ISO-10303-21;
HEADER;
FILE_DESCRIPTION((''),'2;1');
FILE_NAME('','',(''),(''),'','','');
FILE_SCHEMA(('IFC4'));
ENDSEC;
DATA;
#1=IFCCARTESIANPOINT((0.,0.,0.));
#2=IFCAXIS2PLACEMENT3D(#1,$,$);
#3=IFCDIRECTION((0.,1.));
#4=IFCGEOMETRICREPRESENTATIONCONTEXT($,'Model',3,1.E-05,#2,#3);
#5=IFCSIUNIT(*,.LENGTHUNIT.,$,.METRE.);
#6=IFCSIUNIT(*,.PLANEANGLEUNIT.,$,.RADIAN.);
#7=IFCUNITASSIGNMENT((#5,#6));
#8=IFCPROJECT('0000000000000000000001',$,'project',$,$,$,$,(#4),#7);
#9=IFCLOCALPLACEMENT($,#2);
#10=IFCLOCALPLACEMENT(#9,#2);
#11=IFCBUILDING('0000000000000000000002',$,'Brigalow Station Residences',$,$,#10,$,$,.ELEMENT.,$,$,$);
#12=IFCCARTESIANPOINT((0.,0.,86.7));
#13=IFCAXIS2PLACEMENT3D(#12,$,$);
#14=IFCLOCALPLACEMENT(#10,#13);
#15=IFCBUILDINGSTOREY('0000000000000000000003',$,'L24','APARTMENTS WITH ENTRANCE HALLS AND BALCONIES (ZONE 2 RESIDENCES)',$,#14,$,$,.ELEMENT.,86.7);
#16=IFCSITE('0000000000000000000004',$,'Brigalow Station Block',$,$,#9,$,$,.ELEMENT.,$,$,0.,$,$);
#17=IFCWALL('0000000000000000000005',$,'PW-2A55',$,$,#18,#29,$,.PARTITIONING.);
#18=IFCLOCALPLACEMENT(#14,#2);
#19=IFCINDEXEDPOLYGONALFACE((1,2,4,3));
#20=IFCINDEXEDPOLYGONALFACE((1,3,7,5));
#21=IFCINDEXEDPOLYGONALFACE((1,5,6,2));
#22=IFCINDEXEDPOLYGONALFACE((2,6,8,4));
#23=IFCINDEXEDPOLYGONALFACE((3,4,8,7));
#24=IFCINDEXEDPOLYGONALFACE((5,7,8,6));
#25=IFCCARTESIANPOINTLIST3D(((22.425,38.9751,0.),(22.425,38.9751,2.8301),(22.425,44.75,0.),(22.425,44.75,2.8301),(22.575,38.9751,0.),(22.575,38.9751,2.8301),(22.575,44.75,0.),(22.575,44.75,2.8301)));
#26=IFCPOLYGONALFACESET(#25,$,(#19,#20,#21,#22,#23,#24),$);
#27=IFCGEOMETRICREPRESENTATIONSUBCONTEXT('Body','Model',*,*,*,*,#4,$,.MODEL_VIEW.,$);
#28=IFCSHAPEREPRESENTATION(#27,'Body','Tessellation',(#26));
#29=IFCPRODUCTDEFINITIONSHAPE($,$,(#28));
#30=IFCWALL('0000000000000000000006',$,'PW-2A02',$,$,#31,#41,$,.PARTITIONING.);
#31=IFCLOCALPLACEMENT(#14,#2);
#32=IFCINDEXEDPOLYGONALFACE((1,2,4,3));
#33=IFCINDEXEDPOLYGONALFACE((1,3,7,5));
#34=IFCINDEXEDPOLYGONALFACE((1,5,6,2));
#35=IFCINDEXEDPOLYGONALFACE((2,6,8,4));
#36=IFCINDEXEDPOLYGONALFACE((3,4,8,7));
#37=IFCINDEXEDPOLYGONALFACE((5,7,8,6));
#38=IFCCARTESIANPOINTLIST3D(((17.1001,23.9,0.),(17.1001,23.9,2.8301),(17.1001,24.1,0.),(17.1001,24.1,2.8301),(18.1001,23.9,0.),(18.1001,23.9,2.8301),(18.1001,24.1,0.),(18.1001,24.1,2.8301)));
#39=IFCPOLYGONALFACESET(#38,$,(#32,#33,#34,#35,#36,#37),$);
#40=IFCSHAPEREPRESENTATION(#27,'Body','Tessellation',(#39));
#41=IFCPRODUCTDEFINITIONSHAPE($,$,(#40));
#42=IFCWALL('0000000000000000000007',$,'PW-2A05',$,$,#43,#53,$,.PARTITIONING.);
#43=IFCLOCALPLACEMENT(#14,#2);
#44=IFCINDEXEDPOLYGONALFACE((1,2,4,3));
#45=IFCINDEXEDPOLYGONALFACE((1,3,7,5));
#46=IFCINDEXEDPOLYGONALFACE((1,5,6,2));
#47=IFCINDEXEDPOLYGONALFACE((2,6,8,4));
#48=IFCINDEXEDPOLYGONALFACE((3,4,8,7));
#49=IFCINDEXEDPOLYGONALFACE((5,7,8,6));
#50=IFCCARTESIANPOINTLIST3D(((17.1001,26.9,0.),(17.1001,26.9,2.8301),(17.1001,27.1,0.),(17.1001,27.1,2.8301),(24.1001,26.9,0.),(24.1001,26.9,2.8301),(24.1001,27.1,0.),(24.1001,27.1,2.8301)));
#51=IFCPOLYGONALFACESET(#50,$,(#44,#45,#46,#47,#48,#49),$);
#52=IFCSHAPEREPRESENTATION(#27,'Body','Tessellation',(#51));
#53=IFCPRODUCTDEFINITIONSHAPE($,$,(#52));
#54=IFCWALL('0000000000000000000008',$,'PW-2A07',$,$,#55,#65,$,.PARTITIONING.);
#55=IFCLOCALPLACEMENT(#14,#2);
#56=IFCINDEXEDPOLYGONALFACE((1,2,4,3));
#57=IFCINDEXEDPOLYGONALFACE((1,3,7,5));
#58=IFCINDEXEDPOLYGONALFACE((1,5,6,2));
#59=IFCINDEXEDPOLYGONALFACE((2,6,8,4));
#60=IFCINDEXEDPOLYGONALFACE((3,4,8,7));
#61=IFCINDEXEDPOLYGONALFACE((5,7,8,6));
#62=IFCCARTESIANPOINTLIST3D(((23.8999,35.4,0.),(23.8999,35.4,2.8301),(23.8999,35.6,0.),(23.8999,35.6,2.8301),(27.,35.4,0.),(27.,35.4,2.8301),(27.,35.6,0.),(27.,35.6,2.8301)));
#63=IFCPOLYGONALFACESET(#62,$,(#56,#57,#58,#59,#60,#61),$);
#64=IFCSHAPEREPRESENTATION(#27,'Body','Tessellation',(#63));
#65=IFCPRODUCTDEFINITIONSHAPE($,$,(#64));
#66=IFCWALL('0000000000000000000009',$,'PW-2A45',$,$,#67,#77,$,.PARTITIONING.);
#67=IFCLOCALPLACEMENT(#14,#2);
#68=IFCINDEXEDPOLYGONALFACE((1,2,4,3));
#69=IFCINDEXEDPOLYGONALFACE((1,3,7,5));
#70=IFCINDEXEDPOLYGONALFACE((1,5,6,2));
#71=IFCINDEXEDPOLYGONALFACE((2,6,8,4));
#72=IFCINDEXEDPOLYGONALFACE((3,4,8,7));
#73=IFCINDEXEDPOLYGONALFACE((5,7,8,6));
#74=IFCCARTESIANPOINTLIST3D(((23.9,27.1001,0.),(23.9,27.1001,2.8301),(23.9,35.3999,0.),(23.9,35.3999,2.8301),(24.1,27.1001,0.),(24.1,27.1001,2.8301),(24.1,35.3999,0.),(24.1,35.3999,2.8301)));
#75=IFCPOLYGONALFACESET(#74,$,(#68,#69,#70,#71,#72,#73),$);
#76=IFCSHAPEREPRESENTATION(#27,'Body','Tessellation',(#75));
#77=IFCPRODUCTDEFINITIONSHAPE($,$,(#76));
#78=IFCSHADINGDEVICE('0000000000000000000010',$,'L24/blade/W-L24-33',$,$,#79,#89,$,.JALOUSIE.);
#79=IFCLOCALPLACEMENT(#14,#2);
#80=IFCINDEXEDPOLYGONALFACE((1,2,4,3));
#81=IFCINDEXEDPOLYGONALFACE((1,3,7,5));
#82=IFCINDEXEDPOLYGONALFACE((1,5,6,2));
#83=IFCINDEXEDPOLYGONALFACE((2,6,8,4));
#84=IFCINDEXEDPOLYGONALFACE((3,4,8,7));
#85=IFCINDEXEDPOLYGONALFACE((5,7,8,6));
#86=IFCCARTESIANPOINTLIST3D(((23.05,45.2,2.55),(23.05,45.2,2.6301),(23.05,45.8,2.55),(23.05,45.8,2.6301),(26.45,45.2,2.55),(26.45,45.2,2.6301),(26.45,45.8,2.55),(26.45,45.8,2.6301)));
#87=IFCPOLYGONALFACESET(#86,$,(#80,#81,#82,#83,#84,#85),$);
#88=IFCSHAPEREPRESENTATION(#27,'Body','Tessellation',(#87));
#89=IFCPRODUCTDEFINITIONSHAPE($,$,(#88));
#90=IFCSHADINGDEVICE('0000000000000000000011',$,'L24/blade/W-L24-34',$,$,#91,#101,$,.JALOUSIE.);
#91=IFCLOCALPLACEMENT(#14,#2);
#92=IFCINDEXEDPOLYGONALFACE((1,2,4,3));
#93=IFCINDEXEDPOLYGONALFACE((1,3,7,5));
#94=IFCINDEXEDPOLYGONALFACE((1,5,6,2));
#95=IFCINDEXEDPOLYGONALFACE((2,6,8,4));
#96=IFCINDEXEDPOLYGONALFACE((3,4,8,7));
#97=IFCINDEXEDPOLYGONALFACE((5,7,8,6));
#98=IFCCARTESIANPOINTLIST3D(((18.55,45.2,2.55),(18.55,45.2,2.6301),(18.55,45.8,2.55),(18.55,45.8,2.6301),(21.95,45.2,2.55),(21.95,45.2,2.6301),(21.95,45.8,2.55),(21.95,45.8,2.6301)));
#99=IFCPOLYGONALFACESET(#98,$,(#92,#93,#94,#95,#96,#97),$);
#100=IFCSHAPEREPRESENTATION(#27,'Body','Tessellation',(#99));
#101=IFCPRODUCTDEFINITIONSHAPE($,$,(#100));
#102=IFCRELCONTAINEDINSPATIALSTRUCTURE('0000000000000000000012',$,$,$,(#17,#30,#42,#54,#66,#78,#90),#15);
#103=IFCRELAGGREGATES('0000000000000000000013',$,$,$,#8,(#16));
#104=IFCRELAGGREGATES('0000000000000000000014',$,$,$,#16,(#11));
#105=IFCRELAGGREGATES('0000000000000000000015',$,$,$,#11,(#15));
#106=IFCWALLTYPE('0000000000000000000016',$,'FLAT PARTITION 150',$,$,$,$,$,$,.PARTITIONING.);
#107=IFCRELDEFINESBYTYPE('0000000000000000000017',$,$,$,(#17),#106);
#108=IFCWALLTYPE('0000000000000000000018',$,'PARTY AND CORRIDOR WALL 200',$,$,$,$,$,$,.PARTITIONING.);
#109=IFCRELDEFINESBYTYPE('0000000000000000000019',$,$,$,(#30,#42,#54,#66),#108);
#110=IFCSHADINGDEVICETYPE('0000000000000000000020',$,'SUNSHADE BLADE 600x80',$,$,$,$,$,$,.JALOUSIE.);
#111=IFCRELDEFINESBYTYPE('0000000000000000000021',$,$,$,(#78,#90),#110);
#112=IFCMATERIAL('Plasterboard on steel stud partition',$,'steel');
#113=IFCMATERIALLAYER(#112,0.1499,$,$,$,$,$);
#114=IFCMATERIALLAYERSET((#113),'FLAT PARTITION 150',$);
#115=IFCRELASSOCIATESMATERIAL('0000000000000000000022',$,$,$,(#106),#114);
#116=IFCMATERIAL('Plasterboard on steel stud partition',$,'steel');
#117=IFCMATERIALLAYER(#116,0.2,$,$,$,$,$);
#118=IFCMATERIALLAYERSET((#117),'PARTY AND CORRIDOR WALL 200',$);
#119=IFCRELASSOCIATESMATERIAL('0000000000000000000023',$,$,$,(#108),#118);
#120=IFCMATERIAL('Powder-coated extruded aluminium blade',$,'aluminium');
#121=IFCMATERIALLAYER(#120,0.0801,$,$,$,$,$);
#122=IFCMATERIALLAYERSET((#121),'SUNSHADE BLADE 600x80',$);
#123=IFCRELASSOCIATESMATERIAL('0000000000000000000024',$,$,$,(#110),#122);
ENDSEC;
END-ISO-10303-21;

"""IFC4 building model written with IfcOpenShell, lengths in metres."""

from ifc_helpers import new_model, si_unit, direction, frame, frame_2d, origin, origin_2d, place, context, subcontext, project, spatial, rectangle, extrude, material, layer, layer_set, type_object, element, save


model = new_model("IFC4")

# Units and contexts
model_context = context("Model", 3, precision=1e-05, world=origin(), true_north=direction((0.0, 1.0)))
body_context = subcontext(model_context, "Body", "Model", "MODEL_VIEW")
ifc_project = project(units=[si_unit("LENGTHUNIT", "METRE"), si_unit("PLANEANGLEUNIT", "RADIAN")], contexts=[model_context])

# Site, building, storey
site_placement = place(None, origin())
site = spatial("IfcSite", under=ifc_project, at=site_placement, Name="Brigalow Station Block", CompositionType="ELEMENT", RefElevation=0.0)
building_placement = place(site_placement, origin())
building = spatial("IfcBuilding", under=site, at=building_placement, Name="Brigalow Station Residences", CompositionType="ELEMENT")
storey_placement = place(building_placement, frame((0.0, 0.0, 86.7)))
storey = spatial("IfcBuildingStorey", under=building, at=storey_placement, Name="L24", Description="APARTMENTS WITH ENTRANCE HALLS AND BALCONIES (ZONE 2 RESIDENCES)", CompositionType="ELEMENT", Elevation=86.7)

# Shared definitions
ifc_material_1 = material(Name="Plasterboard on steel stud partition", Category="steel")
ifc_layer_1 = layer(ifc_material_1, 0.1499)
ifc_layer_set_1 = layer_set([ifc_layer_1], Name="FLAT PARTITION 150")
wall_type_1 = type_object("IfcWallType", Name="FLAT PARTITION 150", PredefinedType="PARTITIONING", material=ifc_layer_set_1)

# Walls
wall_1_placement = place(storey_placement, frame((22.5, 38.9751, 0.0), z_axis=(0.0, 0.0, 1.0), x_axis=(0.0, 1.0, 0.0)))
element("IfcWall", 1, at=wall_1_placement, inside=storey, type_object=wall_type_1, Name="PW-2A55", PredefinedType="PARTITIONING", context=body_context, shape_type="SweptSolid", body=[
    extrude(rectangle(XDim=5.7749, YDim=0.1499, at=frame_2d((2.8875, 0.0))), origin(), (0.0, 0.0, 1.0), 2.8301),
])
ifc_material_2 = material(Name="Plasterboard on steel stud partition", Category="steel")
ifc_layer_2 = layer(ifc_material_2, 0.2)
ifc_layer_set_2 = layer_set([ifc_layer_2], Name="PARTY AND CORRIDOR WALL 200")
wall_type_2 = type_object("IfcWallType", Name="PARTY AND CORRIDOR WALL 200", PredefinedType="PARTITIONING", material=ifc_layer_set_2)
wall_2_placement = place(storey_placement, frame((17.1001, 24.0, 0.0), z_axis=(0.0, 0.0, 1.0), x_axis=(1.0, 0.0, 0.0)))
element("IfcWall", 2, at=wall_2_placement, inside=storey, type_object=wall_type_2, Name="PW-2A02", PredefinedType="PARTITIONING", context=body_context, shape_type="SweptSolid", body=[
    extrude(rectangle(XDim=1.0, YDim=0.2, at=frame_2d((0.5, 0.0))), origin(), (0.0, 0.0, 1.0), 2.8301),
])
wall_3_placement = place(storey_placement, frame((17.1001, 27.0, 0.0), z_axis=(0.0, 0.0, 1.0), x_axis=(1.0, 0.0, 0.0)))
element("IfcWall", 3, at=wall_3_placement, inside=storey, type_object=wall_type_2, Name="PW-2A05", PredefinedType="PARTITIONING", context=body_context, shape_type="SweptSolid", body=[
    extrude(rectangle(XDim=7.0, YDim=0.2, at=frame_2d((3.5, 0.0))), origin(), (0.0, 0.0, 1.0), 2.8301),
])
wall_4_placement = place(storey_placement, frame((23.8999, 35.5, 0.0), z_axis=(0.0, 0.0, 1.0), x_axis=(1.0, 0.0, 0.0)))
element("IfcWall", 4, at=wall_4_placement, inside=storey, type_object=wall_type_2, Name="PW-2A07", PredefinedType="PARTITIONING", context=body_context, shape_type="SweptSolid", body=[
    extrude(rectangle(XDim=3.1001, YDim=0.2, at=frame_2d((1.55, 0.0))), origin(), (0.0, 0.0, 1.0), 2.8301),
])
wall_5_placement = place(storey_placement, frame((24.0, 27.1001, 0.0), z_axis=(0.0, 0.0, 1.0), x_axis=(0.0, 1.0, 0.0)))
element("IfcWall", 5, at=wall_5_placement, inside=storey, type_object=wall_type_2, Name="PW-2A45", PredefinedType="PARTITIONING", context=body_context, shape_type="SweptSolid", body=[
    extrude(rectangle(XDim=8.2998, YDim=0.2, at=frame_2d((4.1499, 0.0))), origin(), (0.0, 0.0, 1.0), 2.8301),
])

# Shading devices
ifc_material_3 = material(Name="Powder-coated extruded aluminium blade", Category="aluminium")
ifc_layer_3 = layer(ifc_material_3, 0.0801)
ifc_layer_set_3 = layer_set([ifc_layer_3], Name="SUNSHADE BLADE 600x80")
shading_device_type = type_object("IfcShadingDeviceType", Name="SUNSHADE BLADE 600x80", PredefinedType="JALOUSIE", material=ifc_layer_set_3)
for number, where, z_axis, x_axis, name in (
    (6, (24.75, 45.5, 2.55), (0.0, 0.0, 1.0), (-1.0, 0.0, 0.0), "L24/blade/W-L24-33"),
    (7, (20.25, 45.5, 2.55), (0.0, 0.0, 1.0), (-1.0, 0.0, 0.0), "L24/blade/W-L24-34"),
):
    element("IfcShadingDevice", number, at=place(storey_placement, frame(where, z_axis=z_axis, x_axis=x_axis)), inside=storey, type_object=shading_device_type, Name=name, PredefinedType="JALOUSIE", context=body_context, shape_type="SweptSolid", body=[
        extrude(rectangle(XDim=3.3999, YDim=0.6001, at=origin_2d()), origin(), (0.0, 0.0, 1.0), 0.0801),
    ])

save(model, "model.ifc")
